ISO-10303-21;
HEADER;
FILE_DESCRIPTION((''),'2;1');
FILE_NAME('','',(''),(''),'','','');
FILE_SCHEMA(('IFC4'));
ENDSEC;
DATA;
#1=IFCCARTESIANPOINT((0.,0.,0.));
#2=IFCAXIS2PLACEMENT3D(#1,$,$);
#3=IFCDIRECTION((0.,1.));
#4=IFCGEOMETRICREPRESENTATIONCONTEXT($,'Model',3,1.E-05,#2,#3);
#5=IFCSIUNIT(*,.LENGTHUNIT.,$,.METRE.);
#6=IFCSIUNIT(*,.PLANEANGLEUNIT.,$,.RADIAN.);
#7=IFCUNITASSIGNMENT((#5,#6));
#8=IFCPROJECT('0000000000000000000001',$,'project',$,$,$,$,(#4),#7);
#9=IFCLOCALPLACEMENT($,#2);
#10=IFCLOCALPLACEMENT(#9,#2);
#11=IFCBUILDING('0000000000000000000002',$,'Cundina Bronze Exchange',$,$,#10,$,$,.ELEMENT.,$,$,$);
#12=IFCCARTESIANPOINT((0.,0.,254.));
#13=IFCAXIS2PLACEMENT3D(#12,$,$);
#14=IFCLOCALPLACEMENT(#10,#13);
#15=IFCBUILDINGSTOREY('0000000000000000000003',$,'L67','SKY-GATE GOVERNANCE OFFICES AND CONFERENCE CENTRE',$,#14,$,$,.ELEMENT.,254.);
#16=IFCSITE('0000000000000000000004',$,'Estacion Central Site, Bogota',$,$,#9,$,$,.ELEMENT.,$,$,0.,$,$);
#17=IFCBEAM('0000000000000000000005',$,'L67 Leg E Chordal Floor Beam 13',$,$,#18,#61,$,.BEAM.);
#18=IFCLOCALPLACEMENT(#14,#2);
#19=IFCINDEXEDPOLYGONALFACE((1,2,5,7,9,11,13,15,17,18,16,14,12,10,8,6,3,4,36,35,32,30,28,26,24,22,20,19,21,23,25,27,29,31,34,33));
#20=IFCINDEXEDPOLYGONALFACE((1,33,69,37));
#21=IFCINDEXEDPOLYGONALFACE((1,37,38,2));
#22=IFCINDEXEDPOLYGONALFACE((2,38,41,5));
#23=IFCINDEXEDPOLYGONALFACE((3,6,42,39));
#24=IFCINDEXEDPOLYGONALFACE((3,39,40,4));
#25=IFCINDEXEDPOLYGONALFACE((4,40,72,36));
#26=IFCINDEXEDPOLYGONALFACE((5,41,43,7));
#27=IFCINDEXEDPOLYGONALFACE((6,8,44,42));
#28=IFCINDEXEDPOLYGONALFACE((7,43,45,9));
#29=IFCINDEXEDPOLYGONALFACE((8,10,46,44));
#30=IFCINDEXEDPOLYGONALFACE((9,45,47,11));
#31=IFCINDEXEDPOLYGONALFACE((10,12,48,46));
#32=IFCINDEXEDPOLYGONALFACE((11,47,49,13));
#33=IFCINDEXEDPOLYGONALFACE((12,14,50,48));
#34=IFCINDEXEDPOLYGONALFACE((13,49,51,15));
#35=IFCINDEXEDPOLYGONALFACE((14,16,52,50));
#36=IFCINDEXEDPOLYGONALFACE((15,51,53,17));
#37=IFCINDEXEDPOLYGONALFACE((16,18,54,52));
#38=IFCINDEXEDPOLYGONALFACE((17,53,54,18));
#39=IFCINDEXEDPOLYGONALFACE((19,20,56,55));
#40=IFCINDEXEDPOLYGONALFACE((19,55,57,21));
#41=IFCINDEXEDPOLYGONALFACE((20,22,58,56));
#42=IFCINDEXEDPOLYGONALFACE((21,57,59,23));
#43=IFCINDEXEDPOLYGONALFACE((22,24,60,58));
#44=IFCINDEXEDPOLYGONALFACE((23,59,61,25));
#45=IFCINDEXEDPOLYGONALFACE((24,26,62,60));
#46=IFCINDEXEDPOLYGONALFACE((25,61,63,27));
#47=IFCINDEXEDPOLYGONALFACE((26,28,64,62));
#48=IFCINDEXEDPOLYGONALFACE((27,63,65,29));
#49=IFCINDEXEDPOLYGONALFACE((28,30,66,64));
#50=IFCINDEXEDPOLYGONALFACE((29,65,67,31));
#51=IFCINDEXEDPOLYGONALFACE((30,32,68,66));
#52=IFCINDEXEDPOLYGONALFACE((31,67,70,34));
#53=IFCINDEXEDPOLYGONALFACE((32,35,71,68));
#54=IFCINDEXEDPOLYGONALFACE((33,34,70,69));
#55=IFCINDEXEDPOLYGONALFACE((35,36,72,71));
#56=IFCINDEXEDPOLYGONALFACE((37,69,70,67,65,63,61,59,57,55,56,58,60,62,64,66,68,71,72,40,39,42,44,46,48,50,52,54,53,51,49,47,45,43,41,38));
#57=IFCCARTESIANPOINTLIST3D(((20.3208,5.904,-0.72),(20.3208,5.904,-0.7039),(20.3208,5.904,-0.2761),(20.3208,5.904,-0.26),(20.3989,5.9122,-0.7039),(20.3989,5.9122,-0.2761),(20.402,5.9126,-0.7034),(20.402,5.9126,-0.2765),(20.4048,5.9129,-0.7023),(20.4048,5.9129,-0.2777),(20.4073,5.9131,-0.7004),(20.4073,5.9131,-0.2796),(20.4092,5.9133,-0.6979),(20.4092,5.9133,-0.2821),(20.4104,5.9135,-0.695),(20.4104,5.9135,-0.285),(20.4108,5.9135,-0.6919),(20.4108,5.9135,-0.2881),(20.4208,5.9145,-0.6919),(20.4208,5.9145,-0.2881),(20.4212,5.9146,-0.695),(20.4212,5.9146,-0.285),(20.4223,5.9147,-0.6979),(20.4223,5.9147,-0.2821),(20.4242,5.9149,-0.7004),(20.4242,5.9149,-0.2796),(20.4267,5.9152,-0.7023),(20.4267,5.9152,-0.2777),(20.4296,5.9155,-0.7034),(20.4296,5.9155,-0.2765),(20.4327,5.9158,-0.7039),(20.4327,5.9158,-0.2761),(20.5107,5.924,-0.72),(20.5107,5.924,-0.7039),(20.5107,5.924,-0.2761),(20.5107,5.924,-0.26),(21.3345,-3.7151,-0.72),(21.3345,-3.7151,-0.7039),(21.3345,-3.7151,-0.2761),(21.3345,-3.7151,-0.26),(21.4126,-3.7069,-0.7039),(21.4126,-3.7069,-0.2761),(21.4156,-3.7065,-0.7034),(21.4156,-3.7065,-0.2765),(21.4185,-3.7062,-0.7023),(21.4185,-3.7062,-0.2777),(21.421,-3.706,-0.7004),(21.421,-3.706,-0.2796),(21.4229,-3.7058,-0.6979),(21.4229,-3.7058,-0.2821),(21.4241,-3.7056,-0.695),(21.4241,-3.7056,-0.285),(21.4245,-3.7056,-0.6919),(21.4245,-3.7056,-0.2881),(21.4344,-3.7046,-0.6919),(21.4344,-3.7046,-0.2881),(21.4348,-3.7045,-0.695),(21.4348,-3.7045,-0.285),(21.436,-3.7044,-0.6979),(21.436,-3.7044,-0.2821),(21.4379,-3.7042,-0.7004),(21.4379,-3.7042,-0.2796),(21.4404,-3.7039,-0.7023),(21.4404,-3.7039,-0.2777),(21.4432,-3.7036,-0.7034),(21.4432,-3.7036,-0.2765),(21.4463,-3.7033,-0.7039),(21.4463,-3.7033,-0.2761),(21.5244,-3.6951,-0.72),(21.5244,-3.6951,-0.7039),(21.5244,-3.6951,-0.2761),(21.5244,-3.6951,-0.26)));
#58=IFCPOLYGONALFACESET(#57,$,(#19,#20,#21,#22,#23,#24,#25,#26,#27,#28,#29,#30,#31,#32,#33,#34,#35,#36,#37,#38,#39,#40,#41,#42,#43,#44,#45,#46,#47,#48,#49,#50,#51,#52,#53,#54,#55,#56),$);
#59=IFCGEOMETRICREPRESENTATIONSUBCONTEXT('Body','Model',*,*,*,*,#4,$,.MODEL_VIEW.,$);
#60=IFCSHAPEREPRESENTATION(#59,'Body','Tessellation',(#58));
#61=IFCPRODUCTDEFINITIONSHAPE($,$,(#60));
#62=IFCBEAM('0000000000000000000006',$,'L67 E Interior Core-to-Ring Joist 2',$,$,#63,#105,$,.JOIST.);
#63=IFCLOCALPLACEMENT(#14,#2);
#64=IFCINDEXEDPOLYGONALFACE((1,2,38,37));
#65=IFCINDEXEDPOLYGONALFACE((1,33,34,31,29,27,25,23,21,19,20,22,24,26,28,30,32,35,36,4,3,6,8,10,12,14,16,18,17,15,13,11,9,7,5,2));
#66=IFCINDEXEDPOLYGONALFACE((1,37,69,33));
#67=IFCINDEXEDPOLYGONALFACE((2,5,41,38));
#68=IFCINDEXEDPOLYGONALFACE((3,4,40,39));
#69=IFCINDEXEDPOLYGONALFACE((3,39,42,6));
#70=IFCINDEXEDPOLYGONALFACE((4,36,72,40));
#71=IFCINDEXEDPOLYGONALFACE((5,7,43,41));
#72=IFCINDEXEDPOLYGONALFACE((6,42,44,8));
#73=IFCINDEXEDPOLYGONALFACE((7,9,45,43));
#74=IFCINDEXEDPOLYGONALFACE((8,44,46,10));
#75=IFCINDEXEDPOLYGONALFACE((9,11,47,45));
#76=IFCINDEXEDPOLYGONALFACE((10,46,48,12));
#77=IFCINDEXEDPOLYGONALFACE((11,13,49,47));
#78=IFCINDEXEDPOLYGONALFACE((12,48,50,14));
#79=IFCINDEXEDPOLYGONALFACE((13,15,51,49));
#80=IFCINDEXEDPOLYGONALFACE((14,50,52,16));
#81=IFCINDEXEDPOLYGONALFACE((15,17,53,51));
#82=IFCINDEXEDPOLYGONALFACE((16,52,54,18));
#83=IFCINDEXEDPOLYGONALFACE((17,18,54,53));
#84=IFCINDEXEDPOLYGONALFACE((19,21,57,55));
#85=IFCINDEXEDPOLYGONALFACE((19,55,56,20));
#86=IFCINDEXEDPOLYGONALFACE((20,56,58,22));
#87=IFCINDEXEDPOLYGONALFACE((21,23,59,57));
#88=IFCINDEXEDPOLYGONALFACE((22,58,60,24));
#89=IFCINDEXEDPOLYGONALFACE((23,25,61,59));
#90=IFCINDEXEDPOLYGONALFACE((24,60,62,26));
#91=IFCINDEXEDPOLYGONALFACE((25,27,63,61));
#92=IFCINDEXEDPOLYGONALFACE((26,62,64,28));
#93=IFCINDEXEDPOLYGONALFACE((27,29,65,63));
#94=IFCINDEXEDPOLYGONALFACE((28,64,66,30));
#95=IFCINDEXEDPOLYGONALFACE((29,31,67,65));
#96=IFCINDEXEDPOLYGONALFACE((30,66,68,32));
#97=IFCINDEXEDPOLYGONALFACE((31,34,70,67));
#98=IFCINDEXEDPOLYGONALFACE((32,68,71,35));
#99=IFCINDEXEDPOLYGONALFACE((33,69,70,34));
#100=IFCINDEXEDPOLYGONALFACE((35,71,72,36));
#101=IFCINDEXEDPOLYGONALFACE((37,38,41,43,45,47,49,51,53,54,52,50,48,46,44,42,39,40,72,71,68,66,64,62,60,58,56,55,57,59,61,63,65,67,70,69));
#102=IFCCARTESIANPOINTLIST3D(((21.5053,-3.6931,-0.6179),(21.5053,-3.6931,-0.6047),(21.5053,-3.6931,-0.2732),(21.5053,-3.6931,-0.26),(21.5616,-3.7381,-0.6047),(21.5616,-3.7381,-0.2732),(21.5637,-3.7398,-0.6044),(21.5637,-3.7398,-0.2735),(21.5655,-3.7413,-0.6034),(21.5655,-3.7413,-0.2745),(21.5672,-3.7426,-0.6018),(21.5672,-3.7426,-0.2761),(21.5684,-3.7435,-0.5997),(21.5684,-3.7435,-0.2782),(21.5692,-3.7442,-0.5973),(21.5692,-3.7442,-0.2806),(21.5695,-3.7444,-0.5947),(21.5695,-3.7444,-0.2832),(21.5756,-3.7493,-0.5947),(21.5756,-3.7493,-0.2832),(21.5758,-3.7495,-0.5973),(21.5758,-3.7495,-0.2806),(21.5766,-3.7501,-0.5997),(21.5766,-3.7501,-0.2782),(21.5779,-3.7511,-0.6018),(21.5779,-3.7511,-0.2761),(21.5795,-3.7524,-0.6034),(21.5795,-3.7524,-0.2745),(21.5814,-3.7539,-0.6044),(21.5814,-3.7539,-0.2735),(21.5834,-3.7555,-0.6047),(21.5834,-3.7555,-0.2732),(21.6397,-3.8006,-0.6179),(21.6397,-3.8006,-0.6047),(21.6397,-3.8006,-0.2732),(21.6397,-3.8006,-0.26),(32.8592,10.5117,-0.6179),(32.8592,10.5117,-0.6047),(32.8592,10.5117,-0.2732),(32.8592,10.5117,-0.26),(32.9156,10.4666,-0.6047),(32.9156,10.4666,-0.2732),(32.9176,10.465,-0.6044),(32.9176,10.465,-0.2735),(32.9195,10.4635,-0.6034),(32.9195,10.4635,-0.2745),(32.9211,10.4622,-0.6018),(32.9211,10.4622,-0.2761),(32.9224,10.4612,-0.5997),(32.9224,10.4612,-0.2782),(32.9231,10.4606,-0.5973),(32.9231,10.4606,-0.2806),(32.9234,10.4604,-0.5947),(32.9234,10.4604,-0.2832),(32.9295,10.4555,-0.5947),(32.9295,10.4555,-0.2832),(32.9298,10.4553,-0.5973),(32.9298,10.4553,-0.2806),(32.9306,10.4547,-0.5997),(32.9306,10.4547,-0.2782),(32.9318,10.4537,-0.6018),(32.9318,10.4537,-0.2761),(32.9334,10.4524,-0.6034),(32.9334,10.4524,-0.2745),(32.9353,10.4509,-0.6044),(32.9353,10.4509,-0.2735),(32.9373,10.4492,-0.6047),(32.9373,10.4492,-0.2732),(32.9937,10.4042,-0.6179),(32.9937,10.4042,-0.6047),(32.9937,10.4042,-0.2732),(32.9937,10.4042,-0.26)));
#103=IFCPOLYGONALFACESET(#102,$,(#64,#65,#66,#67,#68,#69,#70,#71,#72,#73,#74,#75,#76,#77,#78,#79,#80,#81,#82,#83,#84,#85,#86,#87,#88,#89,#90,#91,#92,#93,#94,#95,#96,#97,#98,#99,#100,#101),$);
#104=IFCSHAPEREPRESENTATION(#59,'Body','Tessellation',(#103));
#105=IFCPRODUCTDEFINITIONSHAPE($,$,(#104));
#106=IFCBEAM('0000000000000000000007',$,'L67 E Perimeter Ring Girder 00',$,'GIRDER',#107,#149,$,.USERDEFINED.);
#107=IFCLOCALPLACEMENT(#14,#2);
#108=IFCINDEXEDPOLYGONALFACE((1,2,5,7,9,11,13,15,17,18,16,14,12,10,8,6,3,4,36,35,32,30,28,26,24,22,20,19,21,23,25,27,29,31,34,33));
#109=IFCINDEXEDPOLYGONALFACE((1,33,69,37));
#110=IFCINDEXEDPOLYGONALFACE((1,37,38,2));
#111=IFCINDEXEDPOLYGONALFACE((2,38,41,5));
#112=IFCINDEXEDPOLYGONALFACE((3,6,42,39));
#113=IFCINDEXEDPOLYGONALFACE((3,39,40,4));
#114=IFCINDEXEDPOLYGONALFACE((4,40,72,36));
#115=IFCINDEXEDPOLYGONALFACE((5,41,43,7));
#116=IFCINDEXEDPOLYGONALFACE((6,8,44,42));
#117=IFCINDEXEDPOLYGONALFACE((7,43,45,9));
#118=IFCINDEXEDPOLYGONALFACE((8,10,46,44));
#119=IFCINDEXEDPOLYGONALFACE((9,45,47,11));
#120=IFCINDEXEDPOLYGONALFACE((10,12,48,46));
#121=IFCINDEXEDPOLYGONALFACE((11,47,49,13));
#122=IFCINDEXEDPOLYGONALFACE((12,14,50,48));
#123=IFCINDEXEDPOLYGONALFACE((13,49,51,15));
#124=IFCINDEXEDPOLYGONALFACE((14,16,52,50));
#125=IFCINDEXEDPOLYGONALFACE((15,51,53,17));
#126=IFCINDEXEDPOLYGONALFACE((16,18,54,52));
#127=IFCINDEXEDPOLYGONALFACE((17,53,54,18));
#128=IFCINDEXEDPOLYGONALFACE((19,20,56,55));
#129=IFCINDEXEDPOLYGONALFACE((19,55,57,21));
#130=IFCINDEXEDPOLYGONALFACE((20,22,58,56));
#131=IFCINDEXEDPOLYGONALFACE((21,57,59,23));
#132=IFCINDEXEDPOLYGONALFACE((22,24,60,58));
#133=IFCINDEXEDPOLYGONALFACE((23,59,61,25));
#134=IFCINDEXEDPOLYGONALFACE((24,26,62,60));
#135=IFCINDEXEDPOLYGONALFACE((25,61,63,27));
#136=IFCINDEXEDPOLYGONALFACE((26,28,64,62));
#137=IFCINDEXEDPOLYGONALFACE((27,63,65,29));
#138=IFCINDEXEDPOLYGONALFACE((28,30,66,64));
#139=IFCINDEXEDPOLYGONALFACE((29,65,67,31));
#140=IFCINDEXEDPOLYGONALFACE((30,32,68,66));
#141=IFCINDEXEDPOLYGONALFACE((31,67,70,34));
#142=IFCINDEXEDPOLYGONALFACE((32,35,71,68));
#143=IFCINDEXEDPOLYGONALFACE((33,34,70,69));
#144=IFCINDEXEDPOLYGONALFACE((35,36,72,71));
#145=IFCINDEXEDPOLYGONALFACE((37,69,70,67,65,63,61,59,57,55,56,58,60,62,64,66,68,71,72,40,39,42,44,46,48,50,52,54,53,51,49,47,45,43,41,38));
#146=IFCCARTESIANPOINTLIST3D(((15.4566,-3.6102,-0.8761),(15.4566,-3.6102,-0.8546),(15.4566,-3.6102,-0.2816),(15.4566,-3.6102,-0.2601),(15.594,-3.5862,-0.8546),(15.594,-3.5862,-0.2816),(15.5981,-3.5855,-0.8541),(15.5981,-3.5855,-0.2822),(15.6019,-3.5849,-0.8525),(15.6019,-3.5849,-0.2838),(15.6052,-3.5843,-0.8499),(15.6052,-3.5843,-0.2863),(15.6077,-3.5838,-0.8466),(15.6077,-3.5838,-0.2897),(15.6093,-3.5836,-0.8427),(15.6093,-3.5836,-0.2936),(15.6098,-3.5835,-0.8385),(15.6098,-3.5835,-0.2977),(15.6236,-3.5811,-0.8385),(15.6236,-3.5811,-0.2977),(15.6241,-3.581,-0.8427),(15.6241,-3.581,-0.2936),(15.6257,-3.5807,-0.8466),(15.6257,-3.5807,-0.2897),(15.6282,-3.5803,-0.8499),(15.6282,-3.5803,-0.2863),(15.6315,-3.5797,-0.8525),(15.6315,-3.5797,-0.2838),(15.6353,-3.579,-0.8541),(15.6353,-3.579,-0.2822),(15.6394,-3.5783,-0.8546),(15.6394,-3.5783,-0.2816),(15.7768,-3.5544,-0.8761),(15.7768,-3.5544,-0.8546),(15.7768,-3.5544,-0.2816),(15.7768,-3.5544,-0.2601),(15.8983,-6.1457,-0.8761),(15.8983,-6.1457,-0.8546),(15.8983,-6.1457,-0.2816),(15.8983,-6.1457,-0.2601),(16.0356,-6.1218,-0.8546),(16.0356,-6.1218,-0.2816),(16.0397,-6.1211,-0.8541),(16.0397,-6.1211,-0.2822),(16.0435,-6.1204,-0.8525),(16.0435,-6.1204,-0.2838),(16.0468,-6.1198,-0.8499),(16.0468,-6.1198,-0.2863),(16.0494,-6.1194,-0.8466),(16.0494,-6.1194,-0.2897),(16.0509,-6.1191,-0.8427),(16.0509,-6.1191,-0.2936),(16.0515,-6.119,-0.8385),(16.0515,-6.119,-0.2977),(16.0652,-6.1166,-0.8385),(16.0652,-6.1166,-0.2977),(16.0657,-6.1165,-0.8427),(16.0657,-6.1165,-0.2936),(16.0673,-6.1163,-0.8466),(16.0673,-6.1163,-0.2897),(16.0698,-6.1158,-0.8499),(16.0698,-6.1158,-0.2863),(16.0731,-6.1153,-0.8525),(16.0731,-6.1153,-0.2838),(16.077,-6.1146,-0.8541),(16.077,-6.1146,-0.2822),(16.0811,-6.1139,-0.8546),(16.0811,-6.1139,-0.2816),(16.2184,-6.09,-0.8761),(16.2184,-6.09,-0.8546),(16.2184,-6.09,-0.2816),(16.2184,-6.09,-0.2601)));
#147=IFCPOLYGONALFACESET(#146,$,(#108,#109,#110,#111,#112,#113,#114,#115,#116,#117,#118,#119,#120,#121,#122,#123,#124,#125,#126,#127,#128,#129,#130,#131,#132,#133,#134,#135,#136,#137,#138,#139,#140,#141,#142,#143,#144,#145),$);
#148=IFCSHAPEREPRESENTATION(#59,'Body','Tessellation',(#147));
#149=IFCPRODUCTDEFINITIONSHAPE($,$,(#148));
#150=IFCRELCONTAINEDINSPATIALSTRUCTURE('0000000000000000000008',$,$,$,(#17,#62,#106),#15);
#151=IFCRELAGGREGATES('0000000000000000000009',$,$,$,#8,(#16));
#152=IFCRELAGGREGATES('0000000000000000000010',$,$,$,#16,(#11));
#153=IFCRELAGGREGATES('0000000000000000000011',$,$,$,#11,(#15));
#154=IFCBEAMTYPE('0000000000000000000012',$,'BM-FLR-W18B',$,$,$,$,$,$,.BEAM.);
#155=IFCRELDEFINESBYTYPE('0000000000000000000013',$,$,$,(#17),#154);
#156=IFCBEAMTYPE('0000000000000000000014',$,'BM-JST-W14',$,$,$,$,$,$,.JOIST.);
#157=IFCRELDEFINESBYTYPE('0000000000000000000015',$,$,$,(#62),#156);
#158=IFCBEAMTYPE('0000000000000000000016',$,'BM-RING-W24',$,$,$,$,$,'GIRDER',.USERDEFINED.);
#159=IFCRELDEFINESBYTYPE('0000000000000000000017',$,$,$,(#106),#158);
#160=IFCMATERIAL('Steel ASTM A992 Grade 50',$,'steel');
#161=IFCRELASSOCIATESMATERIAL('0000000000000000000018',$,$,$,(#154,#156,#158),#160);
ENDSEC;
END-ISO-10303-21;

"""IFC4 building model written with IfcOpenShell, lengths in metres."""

from ifc_helpers import new_model, si_unit, direction, frame, origin, origin_2d, place, context, subcontext, project, spatial, i_section, extrude, material, material_profile, profile_set, type_object, element, save


model = new_model("IFC4")

# Units and contexts
model_context = context("Model", 3, precision=1e-05, world=origin(), true_north=direction((0.0, 1.0)))
body_context = subcontext(model_context, "Body", "Model", "MODEL_VIEW")
ifc_project = project(units=[si_unit("LENGTHUNIT", "METRE"), si_unit("PLANEANGLEUNIT", "RADIAN")], contexts=[model_context])

# Site, building, storey
site_placement = place(None, origin())
site = spatial("IfcSite", under=ifc_project, at=site_placement, Name="Estacion Central Site, Bogota", CompositionType="ELEMENT", RefElevation=0.0)
building_placement = place(site_placement, origin())
building = spatial("IfcBuilding", under=site, at=building_placement, Name="Cundina Bronze Exchange", CompositionType="ELEMENT")
storey_placement = place(building_placement, frame((0.0, 0.0, 254.0)))
storey = spatial("IfcBuildingStorey", under=building, at=storey_placement, Name="L67", Description="SKY-GATE GOVERNANCE OFFICES AND CONFERENCE CENTRE", CompositionType="ELEMENT", Elevation=254.0)

# Shared definitions
ifc_material_1 = material(Name="Steel ASTM A992 Grade 50", Category="steel")

# Beams
ifc_material_profile_1 = material_profile(ifc_material_1, i_section(OverallWidth=0.1909, OverallDepth=0.46, WebThickness=0.01, FlangeThickness=0.0161, FilletRadius=0.012, at=origin_2d()), Name="W18X55", Category="steel")
ifc_profile_set_1 = profile_set([ifc_material_profile_1], Name="Steel ASTM A992 Grade 50")
beam_type_1 = type_object("IfcBeamType", Name="BM-FLR-W18B", PredefinedType="BEAM", material=ifc_profile_set_1)
beam_1_placement = place(storey_placement, frame((21.4294, -3.7051, -0.49), z_axis=(-0.1048, 0.994493, 0.0), x_axis=(-0.994493, -0.1048, 0.0)))
element("IfcBeam", 1, at=beam_1_placement, inside=storey, type_object=beam_type_1, Name="L67 Leg E Chordal Floor Beam 13", PredefinedType="BEAM", context=body_context, shape_type="SweptSolid", body=[
    extrude(i_section(OverallWidth=0.1909, OverallDepth=0.46, WebThickness=0.01, FlangeThickness=0.0161, FilletRadius=0.012, at=origin_2d()), origin(), (0.0, 0.0, 1.0), 9.6724),
])
ifc_material_profile_2 = material_profile(ifc_material_1, i_section(OverallWidth=0.1721, OverallDepth=0.3579, WebThickness=0.0078, FlangeThickness=0.0132, FilletRadius=0.01, at=origin_2d()), Name="W14X38", Category="steel")
ifc_profile_set_2 = profile_set([ifc_material_profile_2], Name="Steel ASTM A992 Grade 50")
beam_type_2 = type_object("IfcBeamType", Name="BM-JST-W14", PredefinedType="JOIST", material=ifc_profile_set_2)
beam_2_placement = place(storey_placement, frame((21.5725, -3.7468, -0.439), z_axis=(0.624364, 0.781133, 0.0), x_axis=(-0.781133, 0.624364, 0.0)))
element("IfcBeam", 2, at=beam_2_placement, inside=storey, type_object=beam_type_2, Name="L67 E Interior Core-to-Ring Joist 2", PredefinedType="JOIST", context=body_context, shape_type="SweptSolid", body=[
    extrude(i_section(OverallWidth=0.1721, OverallDepth=0.3579, WebThickness=0.0078, FlangeThickness=0.0132, FilletRadius=0.01, at=origin_2d()), origin(), (0.0, 0.0, 1.0), 18.1848),
])
ifc_material_profile_3 = material_profile(ifc_material_1, i_section(OverallWidth=0.325, OverallDepth=0.616, WebThickness=0.0139, FlangeThickness=0.0215, FilletRadius=0.0161, at=origin_2d()), Name="W24X117", Category="steel")
ifc_profile_set_3 = profile_set([ifc_material_profile_3], Name="Steel ASTM A992 Grade 50")
beam_type_3 = type_object("IfcBeamType", Name="BM-RING-W24", ElementType="GIRDER", PredefinedType="USERDEFINED", material=ifc_profile_set_3)
beam_3_placement = place(storey_placement, frame((15.6167, -3.5823, -0.5681), z_axis=(0.171593, -0.985168, 0.0), x_axis=(0.985168, 0.171593, 0.0)))
element("IfcBeam", 3, at=beam_3_placement, inside=storey, type_object=beam_type_3, Name="L67 E Perimeter Ring Girder 00", ObjectType="GIRDER", PredefinedType="USERDEFINED", context=body_context, shape_type="SweptSolid", body=[
    extrude(i_section(OverallWidth=0.325, OverallDepth=0.616, WebThickness=0.0139, FlangeThickness=0.0215, FilletRadius=0.0161, at=origin_2d()), origin(), (0.0, 0.0, 1.0), 2.5737),
])

save(model, "model.ifc")
